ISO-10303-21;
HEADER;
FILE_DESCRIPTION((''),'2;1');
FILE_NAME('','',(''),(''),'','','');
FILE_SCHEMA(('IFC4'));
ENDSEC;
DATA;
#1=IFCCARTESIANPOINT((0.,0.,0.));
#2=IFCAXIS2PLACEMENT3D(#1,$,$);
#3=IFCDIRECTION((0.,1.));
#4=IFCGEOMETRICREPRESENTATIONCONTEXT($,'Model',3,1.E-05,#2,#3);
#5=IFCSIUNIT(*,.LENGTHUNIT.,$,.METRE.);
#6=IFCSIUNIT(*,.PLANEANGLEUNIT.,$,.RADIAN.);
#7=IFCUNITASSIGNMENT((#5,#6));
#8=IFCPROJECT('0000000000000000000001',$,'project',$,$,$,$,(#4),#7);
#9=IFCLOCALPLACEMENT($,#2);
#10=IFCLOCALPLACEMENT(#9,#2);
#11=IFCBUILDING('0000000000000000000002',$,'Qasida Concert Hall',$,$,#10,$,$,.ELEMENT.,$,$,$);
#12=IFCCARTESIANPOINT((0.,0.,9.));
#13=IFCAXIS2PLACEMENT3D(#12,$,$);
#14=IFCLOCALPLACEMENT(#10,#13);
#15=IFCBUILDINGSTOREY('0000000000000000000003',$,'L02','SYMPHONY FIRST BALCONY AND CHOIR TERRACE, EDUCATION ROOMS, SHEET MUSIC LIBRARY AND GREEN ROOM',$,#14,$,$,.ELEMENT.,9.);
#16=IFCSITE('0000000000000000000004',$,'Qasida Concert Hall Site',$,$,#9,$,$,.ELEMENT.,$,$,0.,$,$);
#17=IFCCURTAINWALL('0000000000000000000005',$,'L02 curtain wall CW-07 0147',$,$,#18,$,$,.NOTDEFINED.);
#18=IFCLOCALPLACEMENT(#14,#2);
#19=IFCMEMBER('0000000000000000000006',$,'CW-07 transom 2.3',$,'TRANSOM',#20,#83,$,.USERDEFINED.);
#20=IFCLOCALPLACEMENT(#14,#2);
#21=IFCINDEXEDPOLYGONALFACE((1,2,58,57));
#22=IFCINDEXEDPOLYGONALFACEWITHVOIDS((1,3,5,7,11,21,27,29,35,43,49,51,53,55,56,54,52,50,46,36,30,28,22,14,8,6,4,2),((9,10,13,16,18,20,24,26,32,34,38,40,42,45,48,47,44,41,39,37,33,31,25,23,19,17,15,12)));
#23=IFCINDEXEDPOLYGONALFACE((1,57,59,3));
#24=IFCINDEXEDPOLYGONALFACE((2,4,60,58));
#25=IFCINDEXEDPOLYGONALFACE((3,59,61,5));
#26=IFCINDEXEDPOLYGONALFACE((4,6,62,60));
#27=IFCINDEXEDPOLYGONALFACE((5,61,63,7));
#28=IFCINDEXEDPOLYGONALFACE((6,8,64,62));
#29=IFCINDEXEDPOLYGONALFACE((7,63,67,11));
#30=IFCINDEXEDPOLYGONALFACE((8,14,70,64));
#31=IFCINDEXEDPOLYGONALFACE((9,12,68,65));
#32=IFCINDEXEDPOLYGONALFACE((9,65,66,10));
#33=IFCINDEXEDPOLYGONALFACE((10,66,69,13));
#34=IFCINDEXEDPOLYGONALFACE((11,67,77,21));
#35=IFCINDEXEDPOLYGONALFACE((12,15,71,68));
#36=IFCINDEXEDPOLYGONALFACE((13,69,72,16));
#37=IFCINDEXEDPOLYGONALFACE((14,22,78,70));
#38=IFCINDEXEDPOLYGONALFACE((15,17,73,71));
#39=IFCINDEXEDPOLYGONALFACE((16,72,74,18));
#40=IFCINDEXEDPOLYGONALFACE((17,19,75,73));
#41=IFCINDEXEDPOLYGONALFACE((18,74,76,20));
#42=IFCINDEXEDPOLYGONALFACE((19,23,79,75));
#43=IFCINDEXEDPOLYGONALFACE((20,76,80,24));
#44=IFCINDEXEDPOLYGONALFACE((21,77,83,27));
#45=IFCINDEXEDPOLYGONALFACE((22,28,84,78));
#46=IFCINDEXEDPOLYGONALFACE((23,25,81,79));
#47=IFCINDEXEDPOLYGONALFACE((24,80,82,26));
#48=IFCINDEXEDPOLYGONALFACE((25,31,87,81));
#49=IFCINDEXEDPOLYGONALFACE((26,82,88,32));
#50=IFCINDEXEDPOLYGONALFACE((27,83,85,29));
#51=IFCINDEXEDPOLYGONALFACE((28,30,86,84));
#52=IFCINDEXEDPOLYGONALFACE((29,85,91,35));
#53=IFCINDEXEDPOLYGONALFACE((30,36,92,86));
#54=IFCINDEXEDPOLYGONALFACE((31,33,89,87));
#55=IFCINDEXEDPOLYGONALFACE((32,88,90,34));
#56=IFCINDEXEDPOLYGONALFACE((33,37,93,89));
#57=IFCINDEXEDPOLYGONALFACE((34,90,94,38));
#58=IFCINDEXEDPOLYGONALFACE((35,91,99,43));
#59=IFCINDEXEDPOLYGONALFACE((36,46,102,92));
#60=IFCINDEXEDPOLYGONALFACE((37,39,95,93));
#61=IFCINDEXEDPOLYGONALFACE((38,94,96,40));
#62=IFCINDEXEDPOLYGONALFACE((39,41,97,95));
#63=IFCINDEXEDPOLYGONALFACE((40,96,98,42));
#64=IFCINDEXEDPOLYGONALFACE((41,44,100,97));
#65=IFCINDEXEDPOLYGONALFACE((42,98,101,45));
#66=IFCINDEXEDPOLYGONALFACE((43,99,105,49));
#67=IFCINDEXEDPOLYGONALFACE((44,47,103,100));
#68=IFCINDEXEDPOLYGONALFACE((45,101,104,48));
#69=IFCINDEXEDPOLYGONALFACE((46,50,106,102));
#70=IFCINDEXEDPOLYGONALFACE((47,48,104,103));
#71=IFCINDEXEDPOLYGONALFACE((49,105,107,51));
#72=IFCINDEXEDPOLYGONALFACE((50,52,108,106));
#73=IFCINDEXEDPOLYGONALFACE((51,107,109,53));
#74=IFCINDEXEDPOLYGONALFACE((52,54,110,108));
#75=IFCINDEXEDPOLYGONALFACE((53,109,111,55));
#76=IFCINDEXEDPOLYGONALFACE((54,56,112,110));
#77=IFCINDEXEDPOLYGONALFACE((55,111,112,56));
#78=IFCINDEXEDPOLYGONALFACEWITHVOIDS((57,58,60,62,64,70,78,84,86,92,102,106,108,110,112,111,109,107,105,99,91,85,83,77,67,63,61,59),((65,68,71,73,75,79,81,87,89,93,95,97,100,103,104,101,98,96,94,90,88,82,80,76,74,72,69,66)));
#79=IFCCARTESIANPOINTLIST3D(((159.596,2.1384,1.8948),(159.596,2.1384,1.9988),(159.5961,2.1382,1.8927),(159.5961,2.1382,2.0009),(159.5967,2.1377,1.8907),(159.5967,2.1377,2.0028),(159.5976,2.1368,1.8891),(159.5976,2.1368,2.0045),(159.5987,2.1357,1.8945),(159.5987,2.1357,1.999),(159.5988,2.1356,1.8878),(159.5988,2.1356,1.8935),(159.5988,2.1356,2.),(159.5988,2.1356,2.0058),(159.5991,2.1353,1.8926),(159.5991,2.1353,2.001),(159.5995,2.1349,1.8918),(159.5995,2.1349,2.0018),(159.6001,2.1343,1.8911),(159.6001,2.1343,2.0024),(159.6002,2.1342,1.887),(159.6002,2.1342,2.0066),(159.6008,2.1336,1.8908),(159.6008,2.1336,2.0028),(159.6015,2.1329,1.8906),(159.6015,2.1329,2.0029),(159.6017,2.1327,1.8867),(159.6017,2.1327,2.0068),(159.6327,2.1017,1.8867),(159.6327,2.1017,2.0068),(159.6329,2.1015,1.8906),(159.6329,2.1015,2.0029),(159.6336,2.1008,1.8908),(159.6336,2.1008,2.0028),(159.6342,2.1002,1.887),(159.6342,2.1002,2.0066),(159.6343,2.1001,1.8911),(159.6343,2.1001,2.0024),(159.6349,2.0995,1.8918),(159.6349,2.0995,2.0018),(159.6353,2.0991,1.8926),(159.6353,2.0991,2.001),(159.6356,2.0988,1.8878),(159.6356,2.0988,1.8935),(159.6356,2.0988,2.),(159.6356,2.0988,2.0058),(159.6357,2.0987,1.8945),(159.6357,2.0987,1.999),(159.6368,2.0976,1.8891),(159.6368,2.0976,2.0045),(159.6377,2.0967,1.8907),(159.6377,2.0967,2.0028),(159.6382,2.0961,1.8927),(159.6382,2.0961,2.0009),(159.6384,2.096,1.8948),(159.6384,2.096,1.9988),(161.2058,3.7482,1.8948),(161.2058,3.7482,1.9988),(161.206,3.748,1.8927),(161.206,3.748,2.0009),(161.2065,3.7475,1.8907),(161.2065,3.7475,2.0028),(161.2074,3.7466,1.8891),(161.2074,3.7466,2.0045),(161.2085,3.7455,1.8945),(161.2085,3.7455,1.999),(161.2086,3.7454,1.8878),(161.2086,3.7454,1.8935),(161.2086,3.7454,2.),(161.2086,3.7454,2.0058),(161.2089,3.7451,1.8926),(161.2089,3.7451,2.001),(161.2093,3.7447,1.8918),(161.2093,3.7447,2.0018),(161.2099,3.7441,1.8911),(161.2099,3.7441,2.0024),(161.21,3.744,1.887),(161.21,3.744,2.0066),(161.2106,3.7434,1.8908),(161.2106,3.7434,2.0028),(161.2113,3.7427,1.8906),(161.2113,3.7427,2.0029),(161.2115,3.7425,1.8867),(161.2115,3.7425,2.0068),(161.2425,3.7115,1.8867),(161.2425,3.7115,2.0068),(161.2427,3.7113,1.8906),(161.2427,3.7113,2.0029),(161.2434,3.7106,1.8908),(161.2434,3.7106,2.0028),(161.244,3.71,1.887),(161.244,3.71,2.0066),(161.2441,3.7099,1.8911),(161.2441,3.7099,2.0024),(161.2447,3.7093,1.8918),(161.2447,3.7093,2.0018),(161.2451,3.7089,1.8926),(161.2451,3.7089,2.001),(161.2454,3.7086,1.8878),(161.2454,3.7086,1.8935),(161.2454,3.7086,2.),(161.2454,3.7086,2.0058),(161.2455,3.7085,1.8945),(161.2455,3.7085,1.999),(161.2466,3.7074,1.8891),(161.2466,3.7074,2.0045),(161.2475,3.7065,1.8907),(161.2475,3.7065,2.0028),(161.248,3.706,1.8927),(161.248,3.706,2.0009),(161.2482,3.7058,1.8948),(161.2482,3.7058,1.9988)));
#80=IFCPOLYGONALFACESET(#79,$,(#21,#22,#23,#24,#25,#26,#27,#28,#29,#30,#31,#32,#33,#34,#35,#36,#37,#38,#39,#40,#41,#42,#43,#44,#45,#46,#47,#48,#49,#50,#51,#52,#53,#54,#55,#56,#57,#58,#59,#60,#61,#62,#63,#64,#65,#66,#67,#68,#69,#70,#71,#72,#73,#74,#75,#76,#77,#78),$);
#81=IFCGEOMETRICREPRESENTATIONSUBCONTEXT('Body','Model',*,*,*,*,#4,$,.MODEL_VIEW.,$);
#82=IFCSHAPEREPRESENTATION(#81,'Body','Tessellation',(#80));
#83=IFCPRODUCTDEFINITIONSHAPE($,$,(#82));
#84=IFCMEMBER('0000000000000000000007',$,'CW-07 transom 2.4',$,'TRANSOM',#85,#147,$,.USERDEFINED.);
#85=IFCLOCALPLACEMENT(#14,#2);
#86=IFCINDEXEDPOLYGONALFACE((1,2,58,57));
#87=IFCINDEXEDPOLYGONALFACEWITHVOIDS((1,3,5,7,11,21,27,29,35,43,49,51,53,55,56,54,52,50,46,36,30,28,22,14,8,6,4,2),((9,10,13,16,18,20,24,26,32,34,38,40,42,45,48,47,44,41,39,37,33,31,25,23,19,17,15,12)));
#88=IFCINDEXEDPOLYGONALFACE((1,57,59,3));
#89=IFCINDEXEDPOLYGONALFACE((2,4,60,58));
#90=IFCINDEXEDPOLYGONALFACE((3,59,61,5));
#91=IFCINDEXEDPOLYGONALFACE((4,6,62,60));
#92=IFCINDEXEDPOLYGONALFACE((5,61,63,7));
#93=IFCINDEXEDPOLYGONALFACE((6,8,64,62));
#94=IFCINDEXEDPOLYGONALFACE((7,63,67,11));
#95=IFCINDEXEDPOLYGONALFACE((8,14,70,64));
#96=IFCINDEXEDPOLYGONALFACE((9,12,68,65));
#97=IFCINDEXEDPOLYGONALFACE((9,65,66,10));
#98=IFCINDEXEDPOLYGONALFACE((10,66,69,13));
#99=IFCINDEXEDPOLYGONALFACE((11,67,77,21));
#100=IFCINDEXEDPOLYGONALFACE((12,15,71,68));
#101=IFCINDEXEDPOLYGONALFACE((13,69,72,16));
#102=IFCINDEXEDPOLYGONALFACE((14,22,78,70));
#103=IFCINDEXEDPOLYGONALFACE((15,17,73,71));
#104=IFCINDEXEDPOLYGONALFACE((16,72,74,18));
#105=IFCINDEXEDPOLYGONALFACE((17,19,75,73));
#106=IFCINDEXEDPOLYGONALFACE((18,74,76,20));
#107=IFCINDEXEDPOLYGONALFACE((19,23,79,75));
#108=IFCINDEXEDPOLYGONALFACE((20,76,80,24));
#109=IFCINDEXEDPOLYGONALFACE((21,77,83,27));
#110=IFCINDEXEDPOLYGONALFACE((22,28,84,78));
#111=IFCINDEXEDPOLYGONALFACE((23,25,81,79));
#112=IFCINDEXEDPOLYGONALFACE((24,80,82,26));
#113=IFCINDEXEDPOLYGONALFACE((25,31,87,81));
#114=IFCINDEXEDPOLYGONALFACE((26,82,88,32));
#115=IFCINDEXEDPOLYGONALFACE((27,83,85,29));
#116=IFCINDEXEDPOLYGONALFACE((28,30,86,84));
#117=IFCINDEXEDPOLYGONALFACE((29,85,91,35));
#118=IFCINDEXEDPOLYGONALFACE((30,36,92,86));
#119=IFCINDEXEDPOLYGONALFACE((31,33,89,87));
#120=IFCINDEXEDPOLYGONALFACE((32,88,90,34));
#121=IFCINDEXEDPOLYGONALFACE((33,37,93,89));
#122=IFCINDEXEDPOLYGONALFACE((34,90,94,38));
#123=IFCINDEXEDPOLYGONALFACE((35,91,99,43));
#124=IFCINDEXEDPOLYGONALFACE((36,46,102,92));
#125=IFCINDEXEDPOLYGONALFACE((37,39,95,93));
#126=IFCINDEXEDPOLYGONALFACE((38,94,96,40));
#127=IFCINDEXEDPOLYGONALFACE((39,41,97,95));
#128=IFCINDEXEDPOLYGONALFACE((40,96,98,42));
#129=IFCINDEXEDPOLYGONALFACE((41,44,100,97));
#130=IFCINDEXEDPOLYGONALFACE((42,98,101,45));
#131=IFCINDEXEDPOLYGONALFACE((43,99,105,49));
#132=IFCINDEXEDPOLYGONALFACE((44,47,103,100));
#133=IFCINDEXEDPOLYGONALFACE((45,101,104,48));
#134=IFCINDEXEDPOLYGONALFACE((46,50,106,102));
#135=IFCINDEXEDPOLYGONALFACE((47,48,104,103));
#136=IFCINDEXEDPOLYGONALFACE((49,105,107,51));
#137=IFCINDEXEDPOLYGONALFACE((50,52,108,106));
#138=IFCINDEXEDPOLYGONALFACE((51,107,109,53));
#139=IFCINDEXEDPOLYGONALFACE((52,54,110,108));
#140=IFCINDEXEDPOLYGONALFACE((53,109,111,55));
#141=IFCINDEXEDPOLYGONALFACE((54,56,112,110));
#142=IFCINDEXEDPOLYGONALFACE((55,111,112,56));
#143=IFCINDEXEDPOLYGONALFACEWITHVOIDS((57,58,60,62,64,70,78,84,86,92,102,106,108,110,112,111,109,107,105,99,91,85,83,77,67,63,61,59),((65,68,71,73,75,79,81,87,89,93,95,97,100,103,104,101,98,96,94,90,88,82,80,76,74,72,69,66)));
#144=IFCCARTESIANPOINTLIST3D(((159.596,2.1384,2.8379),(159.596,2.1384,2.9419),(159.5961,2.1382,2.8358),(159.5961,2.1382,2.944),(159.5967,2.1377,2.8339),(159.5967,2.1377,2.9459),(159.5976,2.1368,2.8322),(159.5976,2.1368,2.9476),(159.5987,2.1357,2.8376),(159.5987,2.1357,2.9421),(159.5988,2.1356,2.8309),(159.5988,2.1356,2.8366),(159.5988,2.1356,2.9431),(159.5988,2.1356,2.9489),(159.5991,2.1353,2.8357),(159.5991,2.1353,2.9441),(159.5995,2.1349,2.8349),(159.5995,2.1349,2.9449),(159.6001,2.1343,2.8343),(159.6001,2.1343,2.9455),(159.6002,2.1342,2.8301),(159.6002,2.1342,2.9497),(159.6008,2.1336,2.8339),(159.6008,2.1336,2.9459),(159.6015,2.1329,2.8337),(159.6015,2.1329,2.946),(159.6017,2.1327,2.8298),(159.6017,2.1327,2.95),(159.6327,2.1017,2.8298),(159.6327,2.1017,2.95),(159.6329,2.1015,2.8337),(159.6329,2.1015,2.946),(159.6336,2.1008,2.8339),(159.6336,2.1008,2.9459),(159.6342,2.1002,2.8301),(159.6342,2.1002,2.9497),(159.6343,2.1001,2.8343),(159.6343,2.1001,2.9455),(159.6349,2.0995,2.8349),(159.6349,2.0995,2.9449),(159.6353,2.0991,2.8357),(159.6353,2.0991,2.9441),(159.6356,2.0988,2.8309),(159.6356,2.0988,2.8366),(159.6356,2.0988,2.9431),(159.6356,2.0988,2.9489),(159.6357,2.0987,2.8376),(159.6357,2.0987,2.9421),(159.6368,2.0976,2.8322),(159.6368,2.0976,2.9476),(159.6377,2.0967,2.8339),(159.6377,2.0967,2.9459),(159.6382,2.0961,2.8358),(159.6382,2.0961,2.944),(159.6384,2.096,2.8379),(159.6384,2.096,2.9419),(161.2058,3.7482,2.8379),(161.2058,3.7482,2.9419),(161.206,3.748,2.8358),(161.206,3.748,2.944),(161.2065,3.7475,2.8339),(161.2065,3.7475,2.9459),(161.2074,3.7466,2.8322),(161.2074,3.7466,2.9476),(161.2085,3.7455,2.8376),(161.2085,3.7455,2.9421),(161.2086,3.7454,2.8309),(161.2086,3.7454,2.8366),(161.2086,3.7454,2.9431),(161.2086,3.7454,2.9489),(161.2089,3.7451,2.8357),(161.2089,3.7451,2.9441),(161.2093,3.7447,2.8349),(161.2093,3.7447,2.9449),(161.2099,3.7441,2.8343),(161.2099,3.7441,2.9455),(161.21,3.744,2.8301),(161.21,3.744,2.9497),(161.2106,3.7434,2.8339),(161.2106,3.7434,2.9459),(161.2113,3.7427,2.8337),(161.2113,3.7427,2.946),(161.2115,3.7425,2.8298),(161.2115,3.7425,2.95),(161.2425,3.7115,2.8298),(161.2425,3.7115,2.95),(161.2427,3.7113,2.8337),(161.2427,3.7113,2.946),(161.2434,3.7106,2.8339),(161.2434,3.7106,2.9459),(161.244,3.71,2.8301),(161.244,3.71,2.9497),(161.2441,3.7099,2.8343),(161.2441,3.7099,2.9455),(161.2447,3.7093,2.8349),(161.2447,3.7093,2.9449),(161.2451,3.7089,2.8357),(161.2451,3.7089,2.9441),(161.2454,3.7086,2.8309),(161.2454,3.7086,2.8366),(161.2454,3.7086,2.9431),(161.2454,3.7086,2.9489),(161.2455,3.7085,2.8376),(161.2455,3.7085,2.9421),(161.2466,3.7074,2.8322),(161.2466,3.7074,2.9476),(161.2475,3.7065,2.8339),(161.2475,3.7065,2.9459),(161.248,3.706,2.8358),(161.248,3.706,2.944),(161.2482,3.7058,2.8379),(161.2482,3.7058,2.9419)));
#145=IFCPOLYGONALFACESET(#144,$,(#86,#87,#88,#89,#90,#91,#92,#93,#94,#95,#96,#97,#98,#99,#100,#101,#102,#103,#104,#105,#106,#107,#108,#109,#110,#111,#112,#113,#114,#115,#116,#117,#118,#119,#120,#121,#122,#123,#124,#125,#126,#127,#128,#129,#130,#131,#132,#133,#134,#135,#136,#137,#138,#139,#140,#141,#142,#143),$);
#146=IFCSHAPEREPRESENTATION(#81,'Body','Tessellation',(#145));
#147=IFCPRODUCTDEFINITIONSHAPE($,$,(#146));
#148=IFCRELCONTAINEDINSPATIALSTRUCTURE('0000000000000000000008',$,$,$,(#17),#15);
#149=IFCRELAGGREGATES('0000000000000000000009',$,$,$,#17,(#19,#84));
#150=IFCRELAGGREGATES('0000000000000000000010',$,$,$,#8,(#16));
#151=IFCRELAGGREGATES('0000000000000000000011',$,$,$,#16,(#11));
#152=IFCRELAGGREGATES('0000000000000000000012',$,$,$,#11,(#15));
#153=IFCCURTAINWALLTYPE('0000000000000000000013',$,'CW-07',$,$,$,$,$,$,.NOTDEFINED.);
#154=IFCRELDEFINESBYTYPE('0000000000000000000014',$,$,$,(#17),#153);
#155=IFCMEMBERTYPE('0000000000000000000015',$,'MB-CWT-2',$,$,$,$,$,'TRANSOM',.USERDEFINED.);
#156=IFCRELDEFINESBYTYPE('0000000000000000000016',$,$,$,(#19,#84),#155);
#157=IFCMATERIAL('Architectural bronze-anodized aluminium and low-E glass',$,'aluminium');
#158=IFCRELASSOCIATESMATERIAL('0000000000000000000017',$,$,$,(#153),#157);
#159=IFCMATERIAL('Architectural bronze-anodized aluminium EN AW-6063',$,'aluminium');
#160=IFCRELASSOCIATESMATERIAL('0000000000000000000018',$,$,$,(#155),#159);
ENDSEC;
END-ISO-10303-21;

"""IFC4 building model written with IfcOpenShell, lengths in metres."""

from ifc_helpers import new_model, si_unit, direction, frame, origin, origin_2d, place, context, subcontext, project, spatial, hollow_rectangle, extrude, material, material_profile, profile_set, type_object, element, aggregate, save


model = new_model("IFC4")

# Units and contexts
model_context = context("Model", 3, precision=1e-05, world=origin(), true_north=direction((0.0, 1.0)))
body_context = subcontext(model_context, "Body", "Model", "MODEL_VIEW")
ifc_project = project(units=[si_unit("LENGTHUNIT", "METRE"), si_unit("PLANEANGLEUNIT", "RADIAN")], contexts=[model_context])

# Site, building, storey
site_placement = place(None, origin())
site = spatial("IfcSite", under=ifc_project, at=site_placement, Name="Qasida Concert Hall Site", CompositionType="ELEMENT", RefElevation=0.0)
building_placement = place(site_placement, origin())
building = spatial("IfcBuilding", under=site, at=building_placement, Name="Qasida Concert Hall", CompositionType="ELEMENT")
storey_placement = place(building_placement, frame((0.0, 0.0, 9.0)))
storey = spatial("IfcBuildingStorey", under=building, at=storey_placement, Name="L02", Description="SYMPHONY FIRST BALCONY AND CHOIR TERRACE, EDUCATION ROOMS, SHEET MUSIC LIBRARY AND GREEN ROOM", CompositionType="ELEMENT", Elevation=9.0)

# Curtain wall, members
ifc_material_1 = material(Name="Architectural bronze-anodized aluminium and low-E glass", Category="aluminium")
curtain_wall_type = type_object("IfcCurtainWallType", Name="CW-07", PredefinedType="NOTDEFINED", material=ifc_material_1)
curtain_wall_placement = place(storey_placement, origin())
curtain_wall = element("IfcCurtainWall", 1, at=curtain_wall_placement, inside=storey, type_object=curtain_wall_type, Name="L02 curtain wall CW-07 0147", PredefinedType="NOTDEFINED")
ifc_material_2 = material(Name="Architectural bronze-anodized aluminium EN AW-6063", Category="aluminium")
ifc_material_profile_1 = material_profile(ifc_material_2, hollow_rectangle(XDim=0.0601, YDim=0.1201, WallThickness=0.0039, InnerFilletRadius=0.0039, OuterFilletRadius=0.0081, at=origin_2d()), Name="CWT 120x60x4")
ifc_profile_set_1 = profile_set([ifc_material_profile_1], Name="Architectural bronze-anodized aluminium EN AW-6063")
member_type_1 = type_object("IfcMemberType", Name="MB-CWT-2", ElementType="TRANSOM", PredefinedType="USERDEFINED", material=ifc_profile_set_1)
member_1_placement = place(storey_placement, frame((159.6172, 2.1172, 1.9468), z_axis=(0.707107, 0.707107, 0.0), x_axis=(-0.707107, 0.707107, 0.0)))
member_1 = element("IfcMember", 2, at=member_1_placement, type_object=member_type_1, Name="CW-07 transom 2.3", ObjectType="TRANSOM", PredefinedType="USERDEFINED", context=body_context, shape_type="SweptSolid", body=[
    extrude(hollow_rectangle(XDim=0.0601, YDim=0.1201, WallThickness=0.0039, InnerFilletRadius=0.0039, OuterFilletRadius=0.0081, at=origin_2d()), origin(), (0.0, 0.0, 1.0), 2.2766),
])
member_2_placement = place(storey_placement, frame((159.6172, 2.1172, 2.8899), z_axis=(0.707107, 0.707107, 0.0), x_axis=(-0.707107, 0.707107, 0.0)))
member_2 = element("IfcMember", 3, at=member_2_placement, type_object=member_type_1, Name="CW-07 transom 2.4", ObjectType="TRANSOM", PredefinedType="USERDEFINED", context=body_context, shape_type="SweptSolid", body=[
    extrude(hollow_rectangle(XDim=0.0601, YDim=0.1201, WallThickness=0.0039, InnerFilletRadius=0.0039, OuterFilletRadius=0.0081, at=origin_2d()), origin(), (0.0, 0.0, 1.0), 2.2766),
])
aggregate(curtain_wall, [member_1, member_2])

save(model, "model.ifc")
